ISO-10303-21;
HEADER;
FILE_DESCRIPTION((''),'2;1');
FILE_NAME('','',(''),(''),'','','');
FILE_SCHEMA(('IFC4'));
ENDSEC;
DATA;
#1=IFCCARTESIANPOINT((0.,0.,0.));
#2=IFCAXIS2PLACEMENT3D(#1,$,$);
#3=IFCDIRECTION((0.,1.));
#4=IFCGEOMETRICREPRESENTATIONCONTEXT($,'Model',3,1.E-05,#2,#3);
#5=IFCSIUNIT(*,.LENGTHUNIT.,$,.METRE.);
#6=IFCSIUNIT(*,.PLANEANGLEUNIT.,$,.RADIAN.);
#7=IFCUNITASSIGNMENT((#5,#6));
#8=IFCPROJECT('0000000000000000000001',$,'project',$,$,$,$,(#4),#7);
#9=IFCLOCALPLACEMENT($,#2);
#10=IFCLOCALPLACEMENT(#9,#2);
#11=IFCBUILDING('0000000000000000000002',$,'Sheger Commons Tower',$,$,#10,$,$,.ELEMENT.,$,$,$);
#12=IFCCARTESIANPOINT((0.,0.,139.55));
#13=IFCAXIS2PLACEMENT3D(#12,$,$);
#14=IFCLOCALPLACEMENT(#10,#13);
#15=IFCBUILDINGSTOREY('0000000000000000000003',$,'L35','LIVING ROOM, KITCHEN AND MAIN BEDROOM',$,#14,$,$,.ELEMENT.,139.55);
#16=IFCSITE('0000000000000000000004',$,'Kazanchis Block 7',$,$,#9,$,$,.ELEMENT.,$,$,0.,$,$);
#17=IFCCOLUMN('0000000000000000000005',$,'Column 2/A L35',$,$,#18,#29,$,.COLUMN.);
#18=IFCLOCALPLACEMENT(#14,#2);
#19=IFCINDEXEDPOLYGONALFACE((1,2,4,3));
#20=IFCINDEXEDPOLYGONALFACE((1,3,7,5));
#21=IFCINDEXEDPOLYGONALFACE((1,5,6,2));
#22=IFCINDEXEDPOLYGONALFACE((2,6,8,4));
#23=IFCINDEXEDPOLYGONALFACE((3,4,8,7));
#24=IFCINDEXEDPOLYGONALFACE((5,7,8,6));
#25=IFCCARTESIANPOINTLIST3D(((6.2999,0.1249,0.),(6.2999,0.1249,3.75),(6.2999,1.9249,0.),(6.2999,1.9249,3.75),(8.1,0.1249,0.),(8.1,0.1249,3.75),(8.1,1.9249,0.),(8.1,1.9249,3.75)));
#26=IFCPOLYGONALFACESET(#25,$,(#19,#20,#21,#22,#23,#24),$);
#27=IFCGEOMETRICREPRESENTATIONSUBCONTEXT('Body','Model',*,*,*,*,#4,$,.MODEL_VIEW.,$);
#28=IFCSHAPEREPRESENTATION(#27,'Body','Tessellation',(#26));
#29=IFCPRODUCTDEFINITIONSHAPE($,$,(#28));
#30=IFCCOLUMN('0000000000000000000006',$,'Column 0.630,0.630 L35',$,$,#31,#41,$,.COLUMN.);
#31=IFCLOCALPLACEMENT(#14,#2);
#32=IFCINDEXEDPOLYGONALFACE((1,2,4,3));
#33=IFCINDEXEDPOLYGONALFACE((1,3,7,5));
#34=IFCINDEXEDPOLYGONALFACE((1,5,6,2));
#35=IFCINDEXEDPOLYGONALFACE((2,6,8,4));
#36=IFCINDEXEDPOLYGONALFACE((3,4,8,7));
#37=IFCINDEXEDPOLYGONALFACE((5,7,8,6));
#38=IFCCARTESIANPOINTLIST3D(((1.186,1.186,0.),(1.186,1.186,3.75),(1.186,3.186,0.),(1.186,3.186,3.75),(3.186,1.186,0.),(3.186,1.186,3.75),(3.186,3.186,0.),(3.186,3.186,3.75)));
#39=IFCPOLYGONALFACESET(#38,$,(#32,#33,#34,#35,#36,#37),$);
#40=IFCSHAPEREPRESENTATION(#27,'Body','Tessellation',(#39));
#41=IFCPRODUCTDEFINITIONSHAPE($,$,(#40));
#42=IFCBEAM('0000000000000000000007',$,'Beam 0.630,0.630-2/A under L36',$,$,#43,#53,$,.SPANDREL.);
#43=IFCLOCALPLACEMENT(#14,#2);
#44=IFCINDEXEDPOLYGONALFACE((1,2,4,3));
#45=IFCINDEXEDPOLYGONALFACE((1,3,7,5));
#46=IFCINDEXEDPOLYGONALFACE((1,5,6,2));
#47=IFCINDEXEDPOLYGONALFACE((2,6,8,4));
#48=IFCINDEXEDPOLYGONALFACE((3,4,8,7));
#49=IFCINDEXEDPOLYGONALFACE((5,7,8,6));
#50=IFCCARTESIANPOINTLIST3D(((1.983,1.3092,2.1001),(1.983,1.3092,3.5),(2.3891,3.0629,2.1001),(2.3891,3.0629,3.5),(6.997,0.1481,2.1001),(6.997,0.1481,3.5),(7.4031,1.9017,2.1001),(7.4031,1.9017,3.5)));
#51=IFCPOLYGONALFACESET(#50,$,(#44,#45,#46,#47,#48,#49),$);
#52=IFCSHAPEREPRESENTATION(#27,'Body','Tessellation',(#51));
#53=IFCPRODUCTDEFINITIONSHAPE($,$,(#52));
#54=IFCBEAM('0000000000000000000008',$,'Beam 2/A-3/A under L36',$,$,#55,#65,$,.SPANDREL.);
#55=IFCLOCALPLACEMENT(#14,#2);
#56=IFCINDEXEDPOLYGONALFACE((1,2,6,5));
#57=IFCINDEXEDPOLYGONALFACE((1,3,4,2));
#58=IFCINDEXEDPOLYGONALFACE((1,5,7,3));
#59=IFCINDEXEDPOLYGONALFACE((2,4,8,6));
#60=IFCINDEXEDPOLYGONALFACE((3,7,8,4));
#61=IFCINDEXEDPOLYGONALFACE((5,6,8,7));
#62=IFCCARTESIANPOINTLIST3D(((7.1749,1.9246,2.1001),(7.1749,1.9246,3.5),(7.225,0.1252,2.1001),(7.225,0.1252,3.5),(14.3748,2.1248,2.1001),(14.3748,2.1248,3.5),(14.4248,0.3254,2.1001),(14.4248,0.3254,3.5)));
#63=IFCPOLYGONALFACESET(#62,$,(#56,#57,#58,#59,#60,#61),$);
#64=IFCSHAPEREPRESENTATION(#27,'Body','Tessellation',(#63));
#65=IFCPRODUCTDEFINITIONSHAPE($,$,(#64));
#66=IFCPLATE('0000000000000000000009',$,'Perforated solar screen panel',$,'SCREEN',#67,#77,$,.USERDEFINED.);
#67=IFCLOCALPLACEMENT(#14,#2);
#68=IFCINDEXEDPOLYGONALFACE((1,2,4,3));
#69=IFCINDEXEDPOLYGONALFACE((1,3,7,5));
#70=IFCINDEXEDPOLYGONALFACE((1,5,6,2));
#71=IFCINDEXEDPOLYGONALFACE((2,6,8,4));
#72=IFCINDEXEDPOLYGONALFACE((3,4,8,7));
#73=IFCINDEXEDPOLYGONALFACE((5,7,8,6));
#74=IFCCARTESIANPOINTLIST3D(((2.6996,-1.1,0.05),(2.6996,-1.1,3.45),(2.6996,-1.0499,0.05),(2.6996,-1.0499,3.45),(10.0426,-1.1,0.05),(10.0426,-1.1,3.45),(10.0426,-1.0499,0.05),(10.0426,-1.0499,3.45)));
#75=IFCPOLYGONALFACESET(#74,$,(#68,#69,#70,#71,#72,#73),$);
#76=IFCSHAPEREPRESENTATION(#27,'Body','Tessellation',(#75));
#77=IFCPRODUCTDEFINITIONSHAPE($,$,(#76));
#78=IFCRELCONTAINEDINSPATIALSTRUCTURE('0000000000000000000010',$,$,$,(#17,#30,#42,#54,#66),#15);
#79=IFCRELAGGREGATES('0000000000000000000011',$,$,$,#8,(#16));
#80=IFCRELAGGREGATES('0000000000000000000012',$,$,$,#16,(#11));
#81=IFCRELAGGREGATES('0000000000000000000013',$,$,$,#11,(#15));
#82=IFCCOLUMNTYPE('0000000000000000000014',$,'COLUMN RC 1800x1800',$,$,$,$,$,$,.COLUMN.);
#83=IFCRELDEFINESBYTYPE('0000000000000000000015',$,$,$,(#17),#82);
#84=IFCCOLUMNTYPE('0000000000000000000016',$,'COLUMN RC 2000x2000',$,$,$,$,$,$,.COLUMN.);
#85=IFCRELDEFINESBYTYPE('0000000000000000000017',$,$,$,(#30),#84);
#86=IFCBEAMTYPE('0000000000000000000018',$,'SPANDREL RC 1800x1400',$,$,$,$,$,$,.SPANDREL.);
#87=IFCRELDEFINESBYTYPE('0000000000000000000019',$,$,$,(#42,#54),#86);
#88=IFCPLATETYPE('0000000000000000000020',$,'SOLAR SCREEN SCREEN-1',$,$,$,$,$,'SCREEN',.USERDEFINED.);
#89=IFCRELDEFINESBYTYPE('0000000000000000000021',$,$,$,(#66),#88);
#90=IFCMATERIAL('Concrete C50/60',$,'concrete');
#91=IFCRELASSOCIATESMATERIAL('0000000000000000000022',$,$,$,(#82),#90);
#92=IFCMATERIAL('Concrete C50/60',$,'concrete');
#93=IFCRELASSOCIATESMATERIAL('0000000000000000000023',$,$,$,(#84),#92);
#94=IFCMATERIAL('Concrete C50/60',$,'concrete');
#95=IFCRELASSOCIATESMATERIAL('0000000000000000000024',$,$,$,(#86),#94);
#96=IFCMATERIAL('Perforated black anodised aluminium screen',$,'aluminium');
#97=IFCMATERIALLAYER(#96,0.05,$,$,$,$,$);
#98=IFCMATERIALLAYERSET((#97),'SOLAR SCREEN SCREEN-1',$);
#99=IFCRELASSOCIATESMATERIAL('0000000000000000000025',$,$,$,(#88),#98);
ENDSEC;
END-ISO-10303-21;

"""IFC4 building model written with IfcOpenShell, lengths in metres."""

from ifc_helpers import new_model, si_unit, direction, frame, origin, origin_2d, place, context, subcontext, project, spatial, rectangle, extrude, material, layer, layer_set, material_profile, profile_set, type_object, element, save


model = new_model("IFC4")

# Units and contexts
model_context = context("Model", 3, precision=1e-05, world=origin(), true_north=direction((0.0, 1.0)))
body_context = subcontext(model_context, "Body", "Model", "MODEL_VIEW")
ifc_project = project(units=[si_unit("LENGTHUNIT", "METRE"), si_unit("PLANEANGLEUNIT", "RADIAN")], contexts=[model_context])

# Site, building, storey
site_placement = place(None, origin())
site = spatial("IfcSite", under=ifc_project, at=site_placement, Name="Kazanchis Block 7", CompositionType="ELEMENT", RefElevation=0.0)
building_placement = place(site_placement, origin())
building = spatial("IfcBuilding", under=site, at=building_placement, Name="Sheger Commons Tower", CompositionType="ELEMENT")
storey_placement = place(building_placement, frame((0.0, 0.0, 139.55)))
storey = spatial("IfcBuildingStorey", under=building, at=storey_placement, Name="L35", Description="LIVING ROOM, KITCHEN AND MAIN BEDROOM", CompositionType="ELEMENT", Elevation=139.55)

# Columns
ifc_material_1 = material(Name="Concrete C50/60", Category="concrete")
ifc_material_profile_1 = material_profile(ifc_material_1, rectangle(XDim=1.8, YDim=1.8, at=origin_2d()), Name="RC 1800x1800")
ifc_profile_set_1 = profile_set([ifc_material_profile_1], Name="Concrete C50/60")
column_type_1 = type_object("IfcColumnType", Name="COLUMN RC 1800x1800", PredefinedType="COLUMN", material=ifc_profile_set_1)
column_1_placement = place(storey_placement, frame((7.2, 1.0249, 0.0), z_axis=(0.0, 0.0, 1.0), x_axis=(1.0, 0.0, 0.0)))
element("IfcColumn", 1, at=column_1_placement, inside=storey, type_object=column_type_1, Name="Column 2/A L35", PredefinedType="COLUMN", context=body_context, shape_type="SweptSolid", body=[
    extrude(rectangle(XDim=1.8, YDim=1.8, at=origin_2d()), origin(), (0.0, 0.0, 1.0), 3.75),
])
ifc_material_2 = material(Name="Concrete C50/60", Category="concrete")
ifc_material_profile_2 = material_profile(ifc_material_2, rectangle(XDim=2.0, YDim=2.0, at=origin_2d()), Name="RC 2000x2000")
ifc_profile_set_2 = profile_set([ifc_material_profile_2], Name="Concrete C50/60")
column_type_2 = type_object("IfcColumnType", Name="COLUMN RC 2000x2000", PredefinedType="COLUMN", material=ifc_profile_set_2)
column_2_placement = place(storey_placement, frame((2.186, 2.186, 0.0), z_axis=(0.0, 0.0, 1.0), x_axis=(1.0, 0.0, 0.0)))
element("IfcColumn", 2, at=column_2_placement, inside=storey, type_object=column_type_2, Name="Column 0.630,0.630 L35", PredefinedType="COLUMN", context=body_context, shape_type="SweptSolid", body=[
    extrude(rectangle(XDim=2.0, YDim=2.0, at=origin_2d()), origin(), (0.0, 0.0, 1.0), 3.75),
])

# Beams
ifc_material_3 = material(Name="Concrete C50/60", Category="concrete")
ifc_material_profile_3 = material_profile(ifc_material_3, rectangle(XDim=1.8, YDim=1.3999, at=origin_2d()), Name="RC 1800x1400")
ifc_profile_set_3 = profile_set([ifc_material_profile_3], Name="Concrete C50/60")
beam_type = type_object("IfcBeamType", Name="SPANDREL RC 1800x1400", PredefinedType="SPANDREL", material=ifc_profile_set_3)
beam_1_placement = place(storey_placement, frame((2.186, 2.186, 2.8), z_axis=(0.974217, -0.225611, 0.0), x_axis=(0.225611, 0.974217, 0.0)))
element("IfcBeam", 3, at=beam_1_placement, inside=storey, type_object=beam_type, Name="Beam 0.630,0.630-2/A under L36", PredefinedType="SPANDREL", context=body_context, shape_type="SweptSolid", body=[
    extrude(rectangle(XDim=1.8, YDim=1.3999, at=origin_2d()), origin(), (0.0, 0.0, 1.0), 5.1467),
])
beam_2_placement = place(storey_placement, frame((7.2, 1.0249, 2.8), z_axis=(0.999614, 0.027794, 0.0), x_axis=(-0.027794, 0.999614, 0.0)))
element("IfcBeam", 4, at=beam_2_placement, inside=storey, type_object=beam_type, Name="Beam 2/A-3/A under L36", PredefinedType="SPANDREL", context=body_context, shape_type="SweptSolid", body=[
    extrude(rectangle(XDim=1.8, YDim=1.3999, at=origin_2d()), origin(), (0.0, 0.0, 1.0), 7.2026),
])

# Plate
ifc_material_4 = material(Name="Perforated black anodised aluminium screen", Category="aluminium")
ifc_layer_1 = layer(ifc_material_4, 0.05)
ifc_layer_set_1 = layer_set([ifc_layer_1], Name="SOLAR SCREEN SCREEN-1")
plate_type = type_object("IfcPlateType", Name="SOLAR SCREEN SCREEN-1", ElementType="SCREEN", PredefinedType="USERDEFINED", material=ifc_layer_set_1)
plate_placement = place(storey_placement, frame((6.3711, -1.075, 0.05), z_axis=(0.0, 0.0, 1.0), x_axis=(1.0, 0.0, 0.0)))
element("IfcPlate", 5, at=plate_placement, inside=storey, type_object=plate_type, Name="Perforated solar screen panel", ObjectType="SCREEN", PredefinedType="USERDEFINED", context=body_context, shape_type="SweptSolid", body=[
    extrude(rectangle(XDim=7.343, YDim=0.05, at=origin_2d()), origin(), (0.0, 0.0, 1.0), 3.3999),
])

save(model, "model.ifc")
